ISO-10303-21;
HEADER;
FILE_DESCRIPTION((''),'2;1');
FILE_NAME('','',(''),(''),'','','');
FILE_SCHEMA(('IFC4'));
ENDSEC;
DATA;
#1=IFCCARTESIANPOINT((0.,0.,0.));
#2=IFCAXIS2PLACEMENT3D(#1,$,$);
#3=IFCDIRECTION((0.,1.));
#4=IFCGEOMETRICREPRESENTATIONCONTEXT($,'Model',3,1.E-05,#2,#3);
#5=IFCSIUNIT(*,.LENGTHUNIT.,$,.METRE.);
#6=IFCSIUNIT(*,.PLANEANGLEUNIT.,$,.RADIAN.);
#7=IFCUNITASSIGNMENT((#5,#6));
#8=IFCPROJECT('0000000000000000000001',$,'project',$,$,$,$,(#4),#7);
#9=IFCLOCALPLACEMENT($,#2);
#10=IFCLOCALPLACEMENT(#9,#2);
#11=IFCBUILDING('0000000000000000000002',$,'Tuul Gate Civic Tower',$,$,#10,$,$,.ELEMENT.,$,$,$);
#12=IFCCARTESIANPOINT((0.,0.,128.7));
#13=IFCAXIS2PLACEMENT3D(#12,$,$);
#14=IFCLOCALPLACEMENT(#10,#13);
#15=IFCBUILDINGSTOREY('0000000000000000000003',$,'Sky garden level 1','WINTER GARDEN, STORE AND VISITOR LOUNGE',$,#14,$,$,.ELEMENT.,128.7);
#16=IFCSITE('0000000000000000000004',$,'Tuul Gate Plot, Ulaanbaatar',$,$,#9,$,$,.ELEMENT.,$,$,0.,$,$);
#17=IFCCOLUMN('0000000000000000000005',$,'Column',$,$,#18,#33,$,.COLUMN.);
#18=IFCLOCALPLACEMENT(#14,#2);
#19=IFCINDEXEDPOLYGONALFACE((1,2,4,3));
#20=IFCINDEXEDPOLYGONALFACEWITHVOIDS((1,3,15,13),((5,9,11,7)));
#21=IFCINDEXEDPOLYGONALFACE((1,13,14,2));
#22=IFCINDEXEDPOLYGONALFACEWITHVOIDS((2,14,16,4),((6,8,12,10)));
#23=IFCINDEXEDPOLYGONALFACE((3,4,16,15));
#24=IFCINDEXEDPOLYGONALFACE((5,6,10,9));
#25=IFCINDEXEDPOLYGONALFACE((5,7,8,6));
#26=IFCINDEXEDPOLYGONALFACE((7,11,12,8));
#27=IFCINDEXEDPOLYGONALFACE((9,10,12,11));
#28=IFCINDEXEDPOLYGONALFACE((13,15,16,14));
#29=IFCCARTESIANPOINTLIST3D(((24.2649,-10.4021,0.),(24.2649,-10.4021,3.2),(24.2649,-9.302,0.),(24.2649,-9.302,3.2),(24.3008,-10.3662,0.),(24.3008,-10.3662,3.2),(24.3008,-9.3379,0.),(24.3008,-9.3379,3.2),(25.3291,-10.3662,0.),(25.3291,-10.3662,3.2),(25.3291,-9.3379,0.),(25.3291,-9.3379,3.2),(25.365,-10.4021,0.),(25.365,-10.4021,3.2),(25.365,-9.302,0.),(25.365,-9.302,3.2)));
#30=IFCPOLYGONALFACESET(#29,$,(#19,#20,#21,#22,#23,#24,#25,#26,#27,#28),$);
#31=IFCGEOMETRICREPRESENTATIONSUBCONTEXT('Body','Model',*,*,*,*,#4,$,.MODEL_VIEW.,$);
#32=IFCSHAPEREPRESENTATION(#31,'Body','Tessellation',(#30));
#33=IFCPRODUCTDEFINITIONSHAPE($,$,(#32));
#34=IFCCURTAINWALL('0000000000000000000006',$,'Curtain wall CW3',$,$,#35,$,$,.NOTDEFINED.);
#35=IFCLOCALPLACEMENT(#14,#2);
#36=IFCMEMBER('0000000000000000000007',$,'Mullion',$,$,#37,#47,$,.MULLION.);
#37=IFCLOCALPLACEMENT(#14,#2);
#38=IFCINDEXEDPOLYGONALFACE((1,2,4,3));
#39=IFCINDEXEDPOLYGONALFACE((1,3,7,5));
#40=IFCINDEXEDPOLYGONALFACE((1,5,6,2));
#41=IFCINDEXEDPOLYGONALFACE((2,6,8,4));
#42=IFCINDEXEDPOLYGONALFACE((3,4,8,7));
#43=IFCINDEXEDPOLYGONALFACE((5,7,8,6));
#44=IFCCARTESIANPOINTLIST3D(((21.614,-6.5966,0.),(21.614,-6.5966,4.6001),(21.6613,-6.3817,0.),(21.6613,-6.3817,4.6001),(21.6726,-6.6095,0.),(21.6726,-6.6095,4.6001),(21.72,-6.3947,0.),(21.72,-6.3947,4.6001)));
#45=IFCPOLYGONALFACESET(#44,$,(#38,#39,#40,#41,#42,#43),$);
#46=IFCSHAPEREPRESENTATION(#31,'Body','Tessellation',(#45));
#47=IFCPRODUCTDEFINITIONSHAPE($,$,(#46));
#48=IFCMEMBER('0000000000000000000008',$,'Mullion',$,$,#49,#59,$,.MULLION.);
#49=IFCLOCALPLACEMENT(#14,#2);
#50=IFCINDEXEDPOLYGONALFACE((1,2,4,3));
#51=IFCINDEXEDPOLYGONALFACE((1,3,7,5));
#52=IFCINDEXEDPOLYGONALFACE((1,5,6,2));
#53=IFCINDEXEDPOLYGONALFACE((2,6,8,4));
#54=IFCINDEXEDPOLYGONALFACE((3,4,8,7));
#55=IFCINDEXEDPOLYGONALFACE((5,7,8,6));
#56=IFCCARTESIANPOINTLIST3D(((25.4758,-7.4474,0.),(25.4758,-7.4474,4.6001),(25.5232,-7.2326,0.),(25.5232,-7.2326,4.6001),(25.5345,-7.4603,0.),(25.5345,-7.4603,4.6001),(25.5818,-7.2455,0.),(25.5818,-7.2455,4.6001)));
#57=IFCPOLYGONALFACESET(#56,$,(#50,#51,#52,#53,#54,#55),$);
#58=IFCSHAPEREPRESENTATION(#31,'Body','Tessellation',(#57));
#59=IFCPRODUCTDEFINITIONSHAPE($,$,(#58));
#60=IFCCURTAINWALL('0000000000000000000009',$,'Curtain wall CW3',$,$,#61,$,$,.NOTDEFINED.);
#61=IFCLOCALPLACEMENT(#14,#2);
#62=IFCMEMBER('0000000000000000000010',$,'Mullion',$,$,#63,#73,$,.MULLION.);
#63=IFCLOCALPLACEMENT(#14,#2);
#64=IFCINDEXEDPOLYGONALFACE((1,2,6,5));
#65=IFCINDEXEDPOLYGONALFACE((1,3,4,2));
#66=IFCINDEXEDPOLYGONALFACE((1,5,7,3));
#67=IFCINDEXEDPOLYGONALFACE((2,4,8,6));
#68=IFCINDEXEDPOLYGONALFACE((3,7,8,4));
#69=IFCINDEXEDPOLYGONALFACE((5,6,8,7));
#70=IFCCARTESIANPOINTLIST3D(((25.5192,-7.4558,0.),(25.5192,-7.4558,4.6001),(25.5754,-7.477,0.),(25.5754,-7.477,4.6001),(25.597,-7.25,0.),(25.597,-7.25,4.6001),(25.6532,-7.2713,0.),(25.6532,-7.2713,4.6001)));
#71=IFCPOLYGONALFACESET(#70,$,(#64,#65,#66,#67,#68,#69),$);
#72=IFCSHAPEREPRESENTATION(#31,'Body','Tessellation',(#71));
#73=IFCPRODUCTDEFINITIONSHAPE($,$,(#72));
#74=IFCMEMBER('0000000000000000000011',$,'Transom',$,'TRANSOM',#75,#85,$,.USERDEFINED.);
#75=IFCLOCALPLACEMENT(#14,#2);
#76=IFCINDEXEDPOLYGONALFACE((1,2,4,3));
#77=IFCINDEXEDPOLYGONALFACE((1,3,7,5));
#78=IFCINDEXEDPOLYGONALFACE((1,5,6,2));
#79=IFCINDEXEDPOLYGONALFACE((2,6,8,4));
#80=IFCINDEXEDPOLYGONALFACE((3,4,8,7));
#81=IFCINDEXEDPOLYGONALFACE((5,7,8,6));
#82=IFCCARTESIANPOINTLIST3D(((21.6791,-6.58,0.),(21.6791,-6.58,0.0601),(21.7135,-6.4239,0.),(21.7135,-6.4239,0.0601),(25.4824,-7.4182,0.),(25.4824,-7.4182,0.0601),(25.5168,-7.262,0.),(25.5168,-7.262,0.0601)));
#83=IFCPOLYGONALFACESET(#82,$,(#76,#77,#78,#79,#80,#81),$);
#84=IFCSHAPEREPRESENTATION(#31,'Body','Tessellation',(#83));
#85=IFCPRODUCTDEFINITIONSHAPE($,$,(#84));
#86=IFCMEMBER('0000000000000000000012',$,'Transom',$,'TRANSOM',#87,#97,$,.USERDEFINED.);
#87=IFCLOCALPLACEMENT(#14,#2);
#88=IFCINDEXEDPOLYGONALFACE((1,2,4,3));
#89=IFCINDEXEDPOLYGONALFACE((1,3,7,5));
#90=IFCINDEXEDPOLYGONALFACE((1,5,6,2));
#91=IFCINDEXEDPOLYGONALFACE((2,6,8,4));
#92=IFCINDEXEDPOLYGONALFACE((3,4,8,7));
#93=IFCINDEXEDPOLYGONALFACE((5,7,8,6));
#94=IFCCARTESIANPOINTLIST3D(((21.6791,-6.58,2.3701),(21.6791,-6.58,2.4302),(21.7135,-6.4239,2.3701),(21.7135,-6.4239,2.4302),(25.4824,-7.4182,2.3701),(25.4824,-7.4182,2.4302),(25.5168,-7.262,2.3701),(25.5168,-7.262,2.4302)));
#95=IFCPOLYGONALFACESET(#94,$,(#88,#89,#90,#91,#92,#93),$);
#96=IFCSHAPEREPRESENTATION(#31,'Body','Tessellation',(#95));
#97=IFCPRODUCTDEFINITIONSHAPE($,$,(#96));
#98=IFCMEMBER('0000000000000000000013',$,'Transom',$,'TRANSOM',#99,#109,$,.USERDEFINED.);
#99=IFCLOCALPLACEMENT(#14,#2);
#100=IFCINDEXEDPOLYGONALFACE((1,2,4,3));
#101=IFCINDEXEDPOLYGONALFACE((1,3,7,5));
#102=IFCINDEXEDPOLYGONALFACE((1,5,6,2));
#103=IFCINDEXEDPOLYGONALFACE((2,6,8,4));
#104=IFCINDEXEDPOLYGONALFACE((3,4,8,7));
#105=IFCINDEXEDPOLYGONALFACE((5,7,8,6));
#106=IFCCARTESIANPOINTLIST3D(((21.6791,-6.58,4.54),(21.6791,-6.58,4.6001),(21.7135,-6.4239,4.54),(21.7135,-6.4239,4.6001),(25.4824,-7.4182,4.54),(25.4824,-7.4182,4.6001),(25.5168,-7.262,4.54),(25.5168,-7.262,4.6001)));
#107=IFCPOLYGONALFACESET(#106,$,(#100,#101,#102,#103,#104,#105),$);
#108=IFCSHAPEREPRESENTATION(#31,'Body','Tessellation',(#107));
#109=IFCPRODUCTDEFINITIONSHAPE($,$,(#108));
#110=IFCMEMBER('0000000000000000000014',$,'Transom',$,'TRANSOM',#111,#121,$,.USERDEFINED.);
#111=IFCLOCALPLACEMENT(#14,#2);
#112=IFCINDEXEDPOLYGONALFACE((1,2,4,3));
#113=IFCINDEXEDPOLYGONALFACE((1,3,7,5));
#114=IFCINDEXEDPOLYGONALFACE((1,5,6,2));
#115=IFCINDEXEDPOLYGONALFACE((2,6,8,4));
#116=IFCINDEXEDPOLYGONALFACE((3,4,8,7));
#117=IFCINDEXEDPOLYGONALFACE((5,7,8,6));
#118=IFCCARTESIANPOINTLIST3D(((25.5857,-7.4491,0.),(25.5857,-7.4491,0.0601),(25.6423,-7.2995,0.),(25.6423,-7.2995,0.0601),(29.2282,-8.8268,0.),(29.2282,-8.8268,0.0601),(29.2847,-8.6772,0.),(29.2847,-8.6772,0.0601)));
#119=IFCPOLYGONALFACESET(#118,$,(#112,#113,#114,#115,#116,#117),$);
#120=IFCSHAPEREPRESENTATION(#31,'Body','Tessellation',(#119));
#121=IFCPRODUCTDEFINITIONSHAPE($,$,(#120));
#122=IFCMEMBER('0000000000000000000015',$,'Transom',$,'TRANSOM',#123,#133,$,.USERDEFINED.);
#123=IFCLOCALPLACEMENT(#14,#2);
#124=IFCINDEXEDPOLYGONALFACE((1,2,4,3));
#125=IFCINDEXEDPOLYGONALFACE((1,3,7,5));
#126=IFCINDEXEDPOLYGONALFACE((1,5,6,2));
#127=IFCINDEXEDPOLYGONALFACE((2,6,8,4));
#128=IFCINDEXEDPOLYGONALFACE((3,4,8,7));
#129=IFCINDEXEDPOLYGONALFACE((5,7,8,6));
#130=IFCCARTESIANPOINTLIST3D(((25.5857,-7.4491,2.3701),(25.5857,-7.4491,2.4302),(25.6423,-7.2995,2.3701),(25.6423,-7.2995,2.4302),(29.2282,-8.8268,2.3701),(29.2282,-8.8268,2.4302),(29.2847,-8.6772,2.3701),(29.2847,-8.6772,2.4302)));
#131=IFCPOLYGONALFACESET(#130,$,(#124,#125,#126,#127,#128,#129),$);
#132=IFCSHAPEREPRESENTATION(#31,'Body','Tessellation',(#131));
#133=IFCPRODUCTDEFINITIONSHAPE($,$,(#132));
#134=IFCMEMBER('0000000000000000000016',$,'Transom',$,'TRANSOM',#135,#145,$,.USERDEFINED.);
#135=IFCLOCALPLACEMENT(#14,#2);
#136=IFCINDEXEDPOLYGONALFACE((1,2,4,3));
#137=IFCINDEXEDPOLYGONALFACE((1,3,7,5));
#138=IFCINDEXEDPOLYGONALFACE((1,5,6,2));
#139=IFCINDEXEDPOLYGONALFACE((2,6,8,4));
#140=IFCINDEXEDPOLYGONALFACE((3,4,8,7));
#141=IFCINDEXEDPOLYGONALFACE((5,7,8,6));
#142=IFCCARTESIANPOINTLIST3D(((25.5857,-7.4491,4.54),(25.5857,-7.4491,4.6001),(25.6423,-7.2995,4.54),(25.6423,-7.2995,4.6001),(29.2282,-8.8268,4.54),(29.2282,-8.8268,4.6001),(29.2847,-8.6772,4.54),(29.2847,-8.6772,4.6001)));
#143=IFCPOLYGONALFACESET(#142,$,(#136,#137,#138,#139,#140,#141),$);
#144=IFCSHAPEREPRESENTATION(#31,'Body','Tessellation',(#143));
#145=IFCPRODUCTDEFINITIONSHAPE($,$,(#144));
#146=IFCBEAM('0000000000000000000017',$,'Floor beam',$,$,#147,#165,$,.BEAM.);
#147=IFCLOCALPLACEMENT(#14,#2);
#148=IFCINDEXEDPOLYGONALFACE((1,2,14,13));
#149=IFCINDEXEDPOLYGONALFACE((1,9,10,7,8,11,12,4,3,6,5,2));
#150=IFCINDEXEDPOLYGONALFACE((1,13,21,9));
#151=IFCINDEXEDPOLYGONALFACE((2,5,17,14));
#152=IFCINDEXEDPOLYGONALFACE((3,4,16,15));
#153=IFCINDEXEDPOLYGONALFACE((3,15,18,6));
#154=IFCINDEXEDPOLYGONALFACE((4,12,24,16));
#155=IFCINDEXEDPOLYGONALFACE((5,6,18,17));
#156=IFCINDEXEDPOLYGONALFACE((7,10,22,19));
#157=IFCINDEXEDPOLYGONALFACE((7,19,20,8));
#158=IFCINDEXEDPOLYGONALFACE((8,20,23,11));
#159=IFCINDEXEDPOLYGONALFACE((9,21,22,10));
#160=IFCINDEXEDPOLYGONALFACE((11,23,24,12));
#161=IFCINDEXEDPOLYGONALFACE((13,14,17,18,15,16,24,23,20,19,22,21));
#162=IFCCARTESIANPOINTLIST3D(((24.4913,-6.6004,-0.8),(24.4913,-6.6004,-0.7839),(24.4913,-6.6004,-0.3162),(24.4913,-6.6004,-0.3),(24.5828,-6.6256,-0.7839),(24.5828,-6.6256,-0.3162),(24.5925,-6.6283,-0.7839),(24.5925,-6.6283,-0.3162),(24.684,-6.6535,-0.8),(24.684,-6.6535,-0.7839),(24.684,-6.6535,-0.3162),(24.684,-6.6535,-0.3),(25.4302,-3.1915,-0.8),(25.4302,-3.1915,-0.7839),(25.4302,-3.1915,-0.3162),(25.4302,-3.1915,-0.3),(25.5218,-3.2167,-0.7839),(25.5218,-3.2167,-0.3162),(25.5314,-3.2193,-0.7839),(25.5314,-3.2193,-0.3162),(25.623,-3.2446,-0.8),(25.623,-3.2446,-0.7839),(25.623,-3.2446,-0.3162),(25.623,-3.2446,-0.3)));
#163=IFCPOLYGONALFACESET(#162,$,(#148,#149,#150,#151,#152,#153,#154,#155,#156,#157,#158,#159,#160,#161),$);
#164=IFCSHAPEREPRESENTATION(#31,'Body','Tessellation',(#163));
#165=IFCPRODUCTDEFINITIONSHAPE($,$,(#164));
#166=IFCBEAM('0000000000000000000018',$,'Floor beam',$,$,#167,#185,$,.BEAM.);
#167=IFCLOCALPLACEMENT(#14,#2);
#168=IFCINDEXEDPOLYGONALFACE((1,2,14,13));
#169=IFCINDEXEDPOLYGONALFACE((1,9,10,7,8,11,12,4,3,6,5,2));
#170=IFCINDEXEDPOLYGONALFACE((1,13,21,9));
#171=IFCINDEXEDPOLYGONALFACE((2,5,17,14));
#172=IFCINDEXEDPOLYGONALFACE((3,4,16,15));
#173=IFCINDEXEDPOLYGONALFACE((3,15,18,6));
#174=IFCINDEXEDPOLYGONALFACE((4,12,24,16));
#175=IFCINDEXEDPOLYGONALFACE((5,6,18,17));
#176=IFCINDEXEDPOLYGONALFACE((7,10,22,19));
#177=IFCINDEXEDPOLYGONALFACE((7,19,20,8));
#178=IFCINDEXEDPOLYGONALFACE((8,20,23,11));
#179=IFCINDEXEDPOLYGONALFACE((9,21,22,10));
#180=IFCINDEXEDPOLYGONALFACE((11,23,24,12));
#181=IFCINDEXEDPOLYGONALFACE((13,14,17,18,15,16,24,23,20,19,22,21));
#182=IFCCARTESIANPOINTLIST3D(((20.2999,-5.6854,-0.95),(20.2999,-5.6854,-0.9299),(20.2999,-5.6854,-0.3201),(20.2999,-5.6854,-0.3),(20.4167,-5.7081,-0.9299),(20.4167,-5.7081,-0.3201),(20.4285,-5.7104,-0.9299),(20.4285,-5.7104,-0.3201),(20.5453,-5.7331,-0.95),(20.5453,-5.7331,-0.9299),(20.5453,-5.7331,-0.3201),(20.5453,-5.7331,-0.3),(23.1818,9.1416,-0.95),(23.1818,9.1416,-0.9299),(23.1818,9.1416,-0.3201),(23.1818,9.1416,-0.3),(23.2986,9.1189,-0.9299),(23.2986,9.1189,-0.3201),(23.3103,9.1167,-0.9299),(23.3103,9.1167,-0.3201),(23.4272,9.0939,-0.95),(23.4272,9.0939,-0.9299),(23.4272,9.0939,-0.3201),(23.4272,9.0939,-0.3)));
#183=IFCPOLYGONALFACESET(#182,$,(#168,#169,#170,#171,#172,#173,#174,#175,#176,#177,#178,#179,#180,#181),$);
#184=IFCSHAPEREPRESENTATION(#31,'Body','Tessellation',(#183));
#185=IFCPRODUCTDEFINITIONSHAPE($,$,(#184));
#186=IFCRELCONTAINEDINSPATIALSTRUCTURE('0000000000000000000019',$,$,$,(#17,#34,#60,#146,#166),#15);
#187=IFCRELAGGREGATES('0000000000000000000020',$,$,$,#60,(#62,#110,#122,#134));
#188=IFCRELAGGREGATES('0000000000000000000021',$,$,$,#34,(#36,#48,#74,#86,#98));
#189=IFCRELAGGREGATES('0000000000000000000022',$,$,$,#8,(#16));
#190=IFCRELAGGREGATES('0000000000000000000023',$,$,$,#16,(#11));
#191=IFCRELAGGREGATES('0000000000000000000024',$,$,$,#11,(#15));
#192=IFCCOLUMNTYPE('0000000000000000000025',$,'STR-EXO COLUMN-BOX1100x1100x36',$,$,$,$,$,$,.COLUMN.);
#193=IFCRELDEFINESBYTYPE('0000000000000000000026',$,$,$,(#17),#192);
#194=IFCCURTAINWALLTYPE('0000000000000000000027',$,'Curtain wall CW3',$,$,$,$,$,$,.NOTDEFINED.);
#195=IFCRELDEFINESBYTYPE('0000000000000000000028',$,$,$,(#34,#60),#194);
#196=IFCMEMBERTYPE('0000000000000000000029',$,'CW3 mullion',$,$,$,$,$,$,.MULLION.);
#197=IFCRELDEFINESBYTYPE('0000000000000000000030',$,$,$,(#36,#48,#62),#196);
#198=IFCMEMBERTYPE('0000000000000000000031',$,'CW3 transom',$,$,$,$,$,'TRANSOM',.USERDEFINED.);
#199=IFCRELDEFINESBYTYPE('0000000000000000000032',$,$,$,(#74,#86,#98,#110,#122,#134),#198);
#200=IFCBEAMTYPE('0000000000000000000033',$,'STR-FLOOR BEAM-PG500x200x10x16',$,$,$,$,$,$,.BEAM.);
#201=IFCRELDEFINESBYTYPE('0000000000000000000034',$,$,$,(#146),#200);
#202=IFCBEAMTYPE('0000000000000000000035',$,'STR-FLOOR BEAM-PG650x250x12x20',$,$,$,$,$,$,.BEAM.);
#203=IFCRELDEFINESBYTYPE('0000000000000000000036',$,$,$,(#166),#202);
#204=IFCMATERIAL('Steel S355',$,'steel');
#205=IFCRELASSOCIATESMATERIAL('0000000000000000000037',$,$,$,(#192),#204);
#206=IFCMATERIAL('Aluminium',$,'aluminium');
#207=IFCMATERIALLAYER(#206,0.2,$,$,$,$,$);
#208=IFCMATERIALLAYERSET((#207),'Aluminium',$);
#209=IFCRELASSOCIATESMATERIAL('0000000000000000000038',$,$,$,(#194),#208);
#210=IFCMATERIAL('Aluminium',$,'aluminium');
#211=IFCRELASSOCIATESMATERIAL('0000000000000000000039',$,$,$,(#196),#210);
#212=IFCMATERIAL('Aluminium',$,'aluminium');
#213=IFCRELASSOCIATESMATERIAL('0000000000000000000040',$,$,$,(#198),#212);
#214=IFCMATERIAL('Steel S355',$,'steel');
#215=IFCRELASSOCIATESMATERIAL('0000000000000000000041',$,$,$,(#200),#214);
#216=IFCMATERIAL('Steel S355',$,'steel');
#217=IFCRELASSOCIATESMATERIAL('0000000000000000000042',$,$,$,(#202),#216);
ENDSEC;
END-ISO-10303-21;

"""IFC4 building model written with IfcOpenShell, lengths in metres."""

from ifc_helpers import new_model, si_unit, direction, frame, origin, origin_2d, place, context, subcontext, project, spatial, rectangle, hollow_rectangle, i_section, extrude, material, layer, layer_set, material_profile, profile_set, type_object, element, aggregate, save


model = new_model("IFC4")

# Units and contexts
model_context = context("Model", 3, precision=1e-05, world=origin(), true_north=direction((0.0, 1.0)))
body_context = subcontext(model_context, "Body", "Model", "MODEL_VIEW")
ifc_project = project(units=[si_unit("LENGTHUNIT", "METRE"), si_unit("PLANEANGLEUNIT", "RADIAN")], contexts=[model_context])

# Site, building, storey
site_placement = place(None, origin())
site = spatial("IfcSite", under=ifc_project, at=site_placement, Name="Tuul Gate Plot, Ulaanbaatar", CompositionType="ELEMENT", RefElevation=0.0)
building_placement = place(site_placement, origin())
building = spatial("IfcBuilding", under=site, at=building_placement, Name="Tuul Gate Civic Tower", CompositionType="ELEMENT")
storey_placement = place(building_placement, frame((0.0, 0.0, 128.7)))
storey = spatial("IfcBuildingStorey", under=building, at=storey_placement, Name="Sky garden level 1", Description="WINTER GARDEN, STORE AND VISITOR LOUNGE", CompositionType="ELEMENT", Elevation=128.7)

# Column
ifc_material_1 = material(Name="Steel S355", Category="steel")
ifc_material_profile_1 = material_profile(ifc_material_1, hollow_rectangle(XDim=1.1001, YDim=1.1001, WallThickness=0.0359, at=origin_2d()), Name="BOX1100x1100x36")
ifc_profile_set_1 = profile_set([ifc_material_profile_1], Name="Steel S355")
column_type = type_object("IfcColumnType", Name="STR-EXO COLUMN-BOX1100x1100x36", PredefinedType="COLUMN", material=ifc_profile_set_1)
column_placement = place(storey_placement, frame((24.8149, -9.8521, 0.0), z_axis=(0.0, 0.0, 1.0), x_axis=(1.0, 0.0, 0.0)))
element("IfcColumn", 1, at=column_placement, inside=storey, type_object=column_type, Name="Column", PredefinedType="COLUMN", context=body_context, shape_type="SweptSolid", body=[
    extrude(hollow_rectangle(XDim=1.1001, YDim=1.1001, WallThickness=0.0359, at=origin_2d()), origin(), (0.0, 0.0, 1.0), 3.2),
])

# Curtain wall, members
ifc_material_2 = material(Name="Aluminium", Category="aluminium")
ifc_layer_1 = layer(ifc_material_2, 0.2)
ifc_layer_set_1 = layer_set([ifc_layer_1], Name="Aluminium")
curtain_wall_type = type_object("IfcCurtainWallType", Name="Curtain wall CW3", PredefinedType="NOTDEFINED", material=ifc_layer_set_1)
curtain_wall_1_placement = place(storey_placement, origin())
curtain_wall_1 = element("IfcCurtainWall", 2, at=curtain_wall_1_placement, inside=storey, type_object=curtain_wall_type, Name="Curtain wall CW3", PredefinedType="NOTDEFINED")
ifc_material_3 = material(Name="Aluminium", Category="aluminium")
ifc_material_profile_2 = material_profile(ifc_material_3, rectangle(XDim=0.22, YDim=0.0601, at=origin_2d()), Name="CW3 mullion")
ifc_profile_set_2 = profile_set([ifc_material_profile_2], Name="Aluminium")
member_type_1 = type_object("IfcMemberType", Name="CW3 mullion", PredefinedType="MULLION", material=ifc_profile_set_2)
member_1_placement = place(storey_placement, frame((21.667, -6.4956, 0.0), z_axis=(0.0, 0.0, 1.0), x_axis=(0.215216, 0.976566, 0.0)))
member_1 = element("IfcMember", 3, at=member_1_placement, type_object=member_type_1, Name="Mullion", PredefinedType="MULLION", context=body_context, shape_type="SweptSolid", body=[
    extrude(rectangle(XDim=0.22, YDim=0.0601, at=origin_2d()), origin(), (0.0, 0.0, 1.0), 4.6001),
])
member_2_placement = place(storey_placement, frame((25.5288, -7.3464, 0.0), z_axis=(0.0, 0.0, 1.0), x_axis=(0.215216, 0.976566, 0.0)))
member_2 = element("IfcMember", 4, at=member_2_placement, type_object=member_type_1, Name="Mullion", PredefinedType="MULLION", context=body_context, shape_type="SweptSolid", body=[
    extrude(rectangle(XDim=0.22, YDim=0.0601, at=origin_2d()), origin(), (0.0, 0.0, 1.0), 4.6001),
])

# Curtain wall, member
curtain_wall_2_placement = place(storey_placement, origin())
curtain_wall_2 = element("IfcCurtainWall", 5, at=curtain_wall_2_placement, inside=storey, type_object=curtain_wall_type, Name="Curtain wall CW3", PredefinedType="NOTDEFINED")
member_3_placement = place(storey_placement, frame((25.5862, -7.3635, 0.0), z_axis=(0.0, 0.0, 1.0), x_axis=(0.353776, 0.93533, 0.0)))
member_3 = element("IfcMember", 6, at=member_3_placement, type_object=member_type_1, Name="Mullion", PredefinedType="MULLION", context=body_context, shape_type="SweptSolid", body=[
    extrude(rectangle(XDim=0.22, YDim=0.0601, at=origin_2d()), origin(), (0.0, 0.0, 1.0), 4.6001),
])

# Members
ifc_material_4 = material(Name="Aluminium", Category="aluminium")
ifc_material_profile_3 = material_profile(ifc_material_4, rectangle(XDim=0.1599, YDim=0.0601, at=origin_2d()), Name="CW3 transom")
ifc_profile_set_3 = profile_set([ifc_material_profile_3], Name="Aluminium")
member_type_2 = type_object("IfcMemberType", Name="CW3 transom", ElementType="TRANSOM", PredefinedType="USERDEFINED", material=ifc_profile_set_3)
member_4_placement = place(storey_placement, frame((21.6963, -6.502, 0.03), z_axis=(0.976568, -0.215211, 0.0), x_axis=(0.215211, 0.976568, 0.0)))
member_4 = element("IfcMember", 7, at=member_4_placement, type_object=member_type_2, Name="Transom", ObjectType="TRANSOM", PredefinedType="USERDEFINED", context=body_context, shape_type="SweptSolid", body=[
    extrude(rectangle(XDim=0.1599, YDim=0.0601, at=origin_2d()), origin(), (0.0, 0.0, 1.0), 3.8945),
])
member_5_placement = place(storey_placement, frame((21.6963, -6.502, 2.4001), z_axis=(0.976568, -0.215211, 0.0), x_axis=(0.215211, 0.976568, 0.0)))
member_5 = element("IfcMember", 8, at=member_5_placement, type_object=member_type_2, Name="Transom", ObjectType="TRANSOM", PredefinedType="USERDEFINED", context=body_context, shape_type="SweptSolid", body=[
    extrude(rectangle(XDim=0.1599, YDim=0.0601, at=origin_2d()), origin(), (0.0, 0.0, 1.0), 3.8945),
])
member_6_placement = place(storey_placement, frame((21.6963, -6.502, 4.5701), z_axis=(0.976568, -0.215211, 0.0), x_axis=(0.215211, 0.976568, 0.0)))
member_6 = element("IfcMember", 9, at=member_6_placement, type_object=member_type_2, Name="Transom", ObjectType="TRANSOM", PredefinedType="USERDEFINED", context=body_context, shape_type="SweptSolid", body=[
    extrude(rectangle(XDim=0.1599, YDim=0.0601, at=origin_2d()), origin(), (0.0, 0.0, 1.0), 3.8945),
])
member_7_placement = place(storey_placement, frame((25.614, -7.3743, 0.03), z_axis=(0.935328, -0.353781, 0.0), x_axis=(0.353781, 0.935328, 0.0)))
member_7 = element("IfcMember", 10, at=member_7_placement, type_object=member_type_2, Name="Transom", ObjectType="TRANSOM", PredefinedType="USERDEFINED", context=body_context, shape_type="SweptSolid", body=[
    extrude(rectangle(XDim=0.1599, YDim=0.0601, at=origin_2d()), origin(), (0.0, 0.0, 1.0), 3.8943),
])
member_8_placement = place(storey_placement, frame((25.614, -7.3743, 2.4001), z_axis=(0.935328, -0.353781, 0.0), x_axis=(0.353781, 0.935328, 0.0)))
member_8 = element("IfcMember", 11, at=member_8_placement, type_object=member_type_2, Name="Transom", ObjectType="TRANSOM", PredefinedType="USERDEFINED", context=body_context, shape_type="SweptSolid", body=[
    extrude(rectangle(XDim=0.1599, YDim=0.0601, at=origin_2d()), origin(), (0.0, 0.0, 1.0), 3.8943),
])
member_9_placement = place(storey_placement, frame((25.614, -7.3743, 4.5701), z_axis=(0.935328, -0.353781, 0.0), x_axis=(0.353781, 0.935328, 0.0)))
member_9 = element("IfcMember", 12, at=member_9_placement, type_object=member_type_2, Name="Transom", ObjectType="TRANSOM", PredefinedType="USERDEFINED", context=body_context, shape_type="SweptSolid", body=[
    extrude(rectangle(XDim=0.1599, YDim=0.0601, at=origin_2d()), origin(), (0.0, 0.0, 1.0), 3.8943),
])
aggregate(curtain_wall_2, [member_3, member_7, member_8, member_9])

# Beams
ifc_material_5 = material(Name="Steel S355", Category="steel")
ifc_material_profile_4 = material_profile(ifc_material_5, i_section(OverallWidth=0.2, OverallDepth=0.5, WebThickness=0.01, FlangeThickness=0.0161, at=origin_2d()), Name="PG500x200x10x16")
ifc_profile_set_4 = profile_set([ifc_material_profile_4], Name="Steel S355")
beam_type_1 = type_object("IfcBeamType", Name="STR-FLOOR BEAM-PG500x200x10x16", PredefinedType="BEAM", material=ifc_profile_set_4)
beam_1_placement = place(storey_placement, frame((24.5876, -6.627, -0.55), z_axis=(0.265553, 0.964096, 0.0), x_axis=(-0.964096, 0.265553, 0.0)))
element("IfcBeam", 13, at=beam_1_placement, inside=storey, type_object=beam_type_1, Name="Floor beam", PredefinedType="BEAM", context=body_context, shape_type="SweptSolid", body=[
    extrude(i_section(OverallWidth=0.2, OverallDepth=0.5, WebThickness=0.01, FlangeThickness=0.0161, at=origin_2d()), origin(), (0.0, 0.0, 1.0), 3.5359),
])
ifc_material_6 = material(Name="Steel S355", Category="steel")
ifc_material_profile_5 = material_profile(ifc_material_6, i_section(OverallWidth=0.25, OverallDepth=0.6499, WebThickness=0.012, FlangeThickness=0.02, at=origin_2d()), Name="PG650x250x12x20")
ifc_profile_set_5 = profile_set([ifc_material_profile_5], Name="Steel S355")
beam_type_2 = type_object("IfcBeamType", Name="STR-FLOOR BEAM-PG650x250x12x20", PredefinedType="BEAM", material=ifc_profile_set_5)
beam_2_placement = place(storey_placement, frame((20.4226, -5.7092, -0.625), z_axis=(0.190795, 0.98163, 0.0), x_axis=(-0.98163, 0.190795, 0.0)))
element("IfcBeam", 14, at=beam_2_placement, inside=storey, type_object=beam_type_2, Name="Floor beam", PredefinedType="BEAM", context=body_context, shape_type="SweptSolid", body=[
    extrude(i_section(OverallWidth=0.25, OverallDepth=0.6499, WebThickness=0.012, FlangeThickness=0.02, at=origin_2d()), origin(), (0.0, 0.0, 1.0), 15.1045),
])

aggregate(curtain_wall_1, [member_1, member_2, member_4, member_5, member_6])

save(model, "model.ifc")
